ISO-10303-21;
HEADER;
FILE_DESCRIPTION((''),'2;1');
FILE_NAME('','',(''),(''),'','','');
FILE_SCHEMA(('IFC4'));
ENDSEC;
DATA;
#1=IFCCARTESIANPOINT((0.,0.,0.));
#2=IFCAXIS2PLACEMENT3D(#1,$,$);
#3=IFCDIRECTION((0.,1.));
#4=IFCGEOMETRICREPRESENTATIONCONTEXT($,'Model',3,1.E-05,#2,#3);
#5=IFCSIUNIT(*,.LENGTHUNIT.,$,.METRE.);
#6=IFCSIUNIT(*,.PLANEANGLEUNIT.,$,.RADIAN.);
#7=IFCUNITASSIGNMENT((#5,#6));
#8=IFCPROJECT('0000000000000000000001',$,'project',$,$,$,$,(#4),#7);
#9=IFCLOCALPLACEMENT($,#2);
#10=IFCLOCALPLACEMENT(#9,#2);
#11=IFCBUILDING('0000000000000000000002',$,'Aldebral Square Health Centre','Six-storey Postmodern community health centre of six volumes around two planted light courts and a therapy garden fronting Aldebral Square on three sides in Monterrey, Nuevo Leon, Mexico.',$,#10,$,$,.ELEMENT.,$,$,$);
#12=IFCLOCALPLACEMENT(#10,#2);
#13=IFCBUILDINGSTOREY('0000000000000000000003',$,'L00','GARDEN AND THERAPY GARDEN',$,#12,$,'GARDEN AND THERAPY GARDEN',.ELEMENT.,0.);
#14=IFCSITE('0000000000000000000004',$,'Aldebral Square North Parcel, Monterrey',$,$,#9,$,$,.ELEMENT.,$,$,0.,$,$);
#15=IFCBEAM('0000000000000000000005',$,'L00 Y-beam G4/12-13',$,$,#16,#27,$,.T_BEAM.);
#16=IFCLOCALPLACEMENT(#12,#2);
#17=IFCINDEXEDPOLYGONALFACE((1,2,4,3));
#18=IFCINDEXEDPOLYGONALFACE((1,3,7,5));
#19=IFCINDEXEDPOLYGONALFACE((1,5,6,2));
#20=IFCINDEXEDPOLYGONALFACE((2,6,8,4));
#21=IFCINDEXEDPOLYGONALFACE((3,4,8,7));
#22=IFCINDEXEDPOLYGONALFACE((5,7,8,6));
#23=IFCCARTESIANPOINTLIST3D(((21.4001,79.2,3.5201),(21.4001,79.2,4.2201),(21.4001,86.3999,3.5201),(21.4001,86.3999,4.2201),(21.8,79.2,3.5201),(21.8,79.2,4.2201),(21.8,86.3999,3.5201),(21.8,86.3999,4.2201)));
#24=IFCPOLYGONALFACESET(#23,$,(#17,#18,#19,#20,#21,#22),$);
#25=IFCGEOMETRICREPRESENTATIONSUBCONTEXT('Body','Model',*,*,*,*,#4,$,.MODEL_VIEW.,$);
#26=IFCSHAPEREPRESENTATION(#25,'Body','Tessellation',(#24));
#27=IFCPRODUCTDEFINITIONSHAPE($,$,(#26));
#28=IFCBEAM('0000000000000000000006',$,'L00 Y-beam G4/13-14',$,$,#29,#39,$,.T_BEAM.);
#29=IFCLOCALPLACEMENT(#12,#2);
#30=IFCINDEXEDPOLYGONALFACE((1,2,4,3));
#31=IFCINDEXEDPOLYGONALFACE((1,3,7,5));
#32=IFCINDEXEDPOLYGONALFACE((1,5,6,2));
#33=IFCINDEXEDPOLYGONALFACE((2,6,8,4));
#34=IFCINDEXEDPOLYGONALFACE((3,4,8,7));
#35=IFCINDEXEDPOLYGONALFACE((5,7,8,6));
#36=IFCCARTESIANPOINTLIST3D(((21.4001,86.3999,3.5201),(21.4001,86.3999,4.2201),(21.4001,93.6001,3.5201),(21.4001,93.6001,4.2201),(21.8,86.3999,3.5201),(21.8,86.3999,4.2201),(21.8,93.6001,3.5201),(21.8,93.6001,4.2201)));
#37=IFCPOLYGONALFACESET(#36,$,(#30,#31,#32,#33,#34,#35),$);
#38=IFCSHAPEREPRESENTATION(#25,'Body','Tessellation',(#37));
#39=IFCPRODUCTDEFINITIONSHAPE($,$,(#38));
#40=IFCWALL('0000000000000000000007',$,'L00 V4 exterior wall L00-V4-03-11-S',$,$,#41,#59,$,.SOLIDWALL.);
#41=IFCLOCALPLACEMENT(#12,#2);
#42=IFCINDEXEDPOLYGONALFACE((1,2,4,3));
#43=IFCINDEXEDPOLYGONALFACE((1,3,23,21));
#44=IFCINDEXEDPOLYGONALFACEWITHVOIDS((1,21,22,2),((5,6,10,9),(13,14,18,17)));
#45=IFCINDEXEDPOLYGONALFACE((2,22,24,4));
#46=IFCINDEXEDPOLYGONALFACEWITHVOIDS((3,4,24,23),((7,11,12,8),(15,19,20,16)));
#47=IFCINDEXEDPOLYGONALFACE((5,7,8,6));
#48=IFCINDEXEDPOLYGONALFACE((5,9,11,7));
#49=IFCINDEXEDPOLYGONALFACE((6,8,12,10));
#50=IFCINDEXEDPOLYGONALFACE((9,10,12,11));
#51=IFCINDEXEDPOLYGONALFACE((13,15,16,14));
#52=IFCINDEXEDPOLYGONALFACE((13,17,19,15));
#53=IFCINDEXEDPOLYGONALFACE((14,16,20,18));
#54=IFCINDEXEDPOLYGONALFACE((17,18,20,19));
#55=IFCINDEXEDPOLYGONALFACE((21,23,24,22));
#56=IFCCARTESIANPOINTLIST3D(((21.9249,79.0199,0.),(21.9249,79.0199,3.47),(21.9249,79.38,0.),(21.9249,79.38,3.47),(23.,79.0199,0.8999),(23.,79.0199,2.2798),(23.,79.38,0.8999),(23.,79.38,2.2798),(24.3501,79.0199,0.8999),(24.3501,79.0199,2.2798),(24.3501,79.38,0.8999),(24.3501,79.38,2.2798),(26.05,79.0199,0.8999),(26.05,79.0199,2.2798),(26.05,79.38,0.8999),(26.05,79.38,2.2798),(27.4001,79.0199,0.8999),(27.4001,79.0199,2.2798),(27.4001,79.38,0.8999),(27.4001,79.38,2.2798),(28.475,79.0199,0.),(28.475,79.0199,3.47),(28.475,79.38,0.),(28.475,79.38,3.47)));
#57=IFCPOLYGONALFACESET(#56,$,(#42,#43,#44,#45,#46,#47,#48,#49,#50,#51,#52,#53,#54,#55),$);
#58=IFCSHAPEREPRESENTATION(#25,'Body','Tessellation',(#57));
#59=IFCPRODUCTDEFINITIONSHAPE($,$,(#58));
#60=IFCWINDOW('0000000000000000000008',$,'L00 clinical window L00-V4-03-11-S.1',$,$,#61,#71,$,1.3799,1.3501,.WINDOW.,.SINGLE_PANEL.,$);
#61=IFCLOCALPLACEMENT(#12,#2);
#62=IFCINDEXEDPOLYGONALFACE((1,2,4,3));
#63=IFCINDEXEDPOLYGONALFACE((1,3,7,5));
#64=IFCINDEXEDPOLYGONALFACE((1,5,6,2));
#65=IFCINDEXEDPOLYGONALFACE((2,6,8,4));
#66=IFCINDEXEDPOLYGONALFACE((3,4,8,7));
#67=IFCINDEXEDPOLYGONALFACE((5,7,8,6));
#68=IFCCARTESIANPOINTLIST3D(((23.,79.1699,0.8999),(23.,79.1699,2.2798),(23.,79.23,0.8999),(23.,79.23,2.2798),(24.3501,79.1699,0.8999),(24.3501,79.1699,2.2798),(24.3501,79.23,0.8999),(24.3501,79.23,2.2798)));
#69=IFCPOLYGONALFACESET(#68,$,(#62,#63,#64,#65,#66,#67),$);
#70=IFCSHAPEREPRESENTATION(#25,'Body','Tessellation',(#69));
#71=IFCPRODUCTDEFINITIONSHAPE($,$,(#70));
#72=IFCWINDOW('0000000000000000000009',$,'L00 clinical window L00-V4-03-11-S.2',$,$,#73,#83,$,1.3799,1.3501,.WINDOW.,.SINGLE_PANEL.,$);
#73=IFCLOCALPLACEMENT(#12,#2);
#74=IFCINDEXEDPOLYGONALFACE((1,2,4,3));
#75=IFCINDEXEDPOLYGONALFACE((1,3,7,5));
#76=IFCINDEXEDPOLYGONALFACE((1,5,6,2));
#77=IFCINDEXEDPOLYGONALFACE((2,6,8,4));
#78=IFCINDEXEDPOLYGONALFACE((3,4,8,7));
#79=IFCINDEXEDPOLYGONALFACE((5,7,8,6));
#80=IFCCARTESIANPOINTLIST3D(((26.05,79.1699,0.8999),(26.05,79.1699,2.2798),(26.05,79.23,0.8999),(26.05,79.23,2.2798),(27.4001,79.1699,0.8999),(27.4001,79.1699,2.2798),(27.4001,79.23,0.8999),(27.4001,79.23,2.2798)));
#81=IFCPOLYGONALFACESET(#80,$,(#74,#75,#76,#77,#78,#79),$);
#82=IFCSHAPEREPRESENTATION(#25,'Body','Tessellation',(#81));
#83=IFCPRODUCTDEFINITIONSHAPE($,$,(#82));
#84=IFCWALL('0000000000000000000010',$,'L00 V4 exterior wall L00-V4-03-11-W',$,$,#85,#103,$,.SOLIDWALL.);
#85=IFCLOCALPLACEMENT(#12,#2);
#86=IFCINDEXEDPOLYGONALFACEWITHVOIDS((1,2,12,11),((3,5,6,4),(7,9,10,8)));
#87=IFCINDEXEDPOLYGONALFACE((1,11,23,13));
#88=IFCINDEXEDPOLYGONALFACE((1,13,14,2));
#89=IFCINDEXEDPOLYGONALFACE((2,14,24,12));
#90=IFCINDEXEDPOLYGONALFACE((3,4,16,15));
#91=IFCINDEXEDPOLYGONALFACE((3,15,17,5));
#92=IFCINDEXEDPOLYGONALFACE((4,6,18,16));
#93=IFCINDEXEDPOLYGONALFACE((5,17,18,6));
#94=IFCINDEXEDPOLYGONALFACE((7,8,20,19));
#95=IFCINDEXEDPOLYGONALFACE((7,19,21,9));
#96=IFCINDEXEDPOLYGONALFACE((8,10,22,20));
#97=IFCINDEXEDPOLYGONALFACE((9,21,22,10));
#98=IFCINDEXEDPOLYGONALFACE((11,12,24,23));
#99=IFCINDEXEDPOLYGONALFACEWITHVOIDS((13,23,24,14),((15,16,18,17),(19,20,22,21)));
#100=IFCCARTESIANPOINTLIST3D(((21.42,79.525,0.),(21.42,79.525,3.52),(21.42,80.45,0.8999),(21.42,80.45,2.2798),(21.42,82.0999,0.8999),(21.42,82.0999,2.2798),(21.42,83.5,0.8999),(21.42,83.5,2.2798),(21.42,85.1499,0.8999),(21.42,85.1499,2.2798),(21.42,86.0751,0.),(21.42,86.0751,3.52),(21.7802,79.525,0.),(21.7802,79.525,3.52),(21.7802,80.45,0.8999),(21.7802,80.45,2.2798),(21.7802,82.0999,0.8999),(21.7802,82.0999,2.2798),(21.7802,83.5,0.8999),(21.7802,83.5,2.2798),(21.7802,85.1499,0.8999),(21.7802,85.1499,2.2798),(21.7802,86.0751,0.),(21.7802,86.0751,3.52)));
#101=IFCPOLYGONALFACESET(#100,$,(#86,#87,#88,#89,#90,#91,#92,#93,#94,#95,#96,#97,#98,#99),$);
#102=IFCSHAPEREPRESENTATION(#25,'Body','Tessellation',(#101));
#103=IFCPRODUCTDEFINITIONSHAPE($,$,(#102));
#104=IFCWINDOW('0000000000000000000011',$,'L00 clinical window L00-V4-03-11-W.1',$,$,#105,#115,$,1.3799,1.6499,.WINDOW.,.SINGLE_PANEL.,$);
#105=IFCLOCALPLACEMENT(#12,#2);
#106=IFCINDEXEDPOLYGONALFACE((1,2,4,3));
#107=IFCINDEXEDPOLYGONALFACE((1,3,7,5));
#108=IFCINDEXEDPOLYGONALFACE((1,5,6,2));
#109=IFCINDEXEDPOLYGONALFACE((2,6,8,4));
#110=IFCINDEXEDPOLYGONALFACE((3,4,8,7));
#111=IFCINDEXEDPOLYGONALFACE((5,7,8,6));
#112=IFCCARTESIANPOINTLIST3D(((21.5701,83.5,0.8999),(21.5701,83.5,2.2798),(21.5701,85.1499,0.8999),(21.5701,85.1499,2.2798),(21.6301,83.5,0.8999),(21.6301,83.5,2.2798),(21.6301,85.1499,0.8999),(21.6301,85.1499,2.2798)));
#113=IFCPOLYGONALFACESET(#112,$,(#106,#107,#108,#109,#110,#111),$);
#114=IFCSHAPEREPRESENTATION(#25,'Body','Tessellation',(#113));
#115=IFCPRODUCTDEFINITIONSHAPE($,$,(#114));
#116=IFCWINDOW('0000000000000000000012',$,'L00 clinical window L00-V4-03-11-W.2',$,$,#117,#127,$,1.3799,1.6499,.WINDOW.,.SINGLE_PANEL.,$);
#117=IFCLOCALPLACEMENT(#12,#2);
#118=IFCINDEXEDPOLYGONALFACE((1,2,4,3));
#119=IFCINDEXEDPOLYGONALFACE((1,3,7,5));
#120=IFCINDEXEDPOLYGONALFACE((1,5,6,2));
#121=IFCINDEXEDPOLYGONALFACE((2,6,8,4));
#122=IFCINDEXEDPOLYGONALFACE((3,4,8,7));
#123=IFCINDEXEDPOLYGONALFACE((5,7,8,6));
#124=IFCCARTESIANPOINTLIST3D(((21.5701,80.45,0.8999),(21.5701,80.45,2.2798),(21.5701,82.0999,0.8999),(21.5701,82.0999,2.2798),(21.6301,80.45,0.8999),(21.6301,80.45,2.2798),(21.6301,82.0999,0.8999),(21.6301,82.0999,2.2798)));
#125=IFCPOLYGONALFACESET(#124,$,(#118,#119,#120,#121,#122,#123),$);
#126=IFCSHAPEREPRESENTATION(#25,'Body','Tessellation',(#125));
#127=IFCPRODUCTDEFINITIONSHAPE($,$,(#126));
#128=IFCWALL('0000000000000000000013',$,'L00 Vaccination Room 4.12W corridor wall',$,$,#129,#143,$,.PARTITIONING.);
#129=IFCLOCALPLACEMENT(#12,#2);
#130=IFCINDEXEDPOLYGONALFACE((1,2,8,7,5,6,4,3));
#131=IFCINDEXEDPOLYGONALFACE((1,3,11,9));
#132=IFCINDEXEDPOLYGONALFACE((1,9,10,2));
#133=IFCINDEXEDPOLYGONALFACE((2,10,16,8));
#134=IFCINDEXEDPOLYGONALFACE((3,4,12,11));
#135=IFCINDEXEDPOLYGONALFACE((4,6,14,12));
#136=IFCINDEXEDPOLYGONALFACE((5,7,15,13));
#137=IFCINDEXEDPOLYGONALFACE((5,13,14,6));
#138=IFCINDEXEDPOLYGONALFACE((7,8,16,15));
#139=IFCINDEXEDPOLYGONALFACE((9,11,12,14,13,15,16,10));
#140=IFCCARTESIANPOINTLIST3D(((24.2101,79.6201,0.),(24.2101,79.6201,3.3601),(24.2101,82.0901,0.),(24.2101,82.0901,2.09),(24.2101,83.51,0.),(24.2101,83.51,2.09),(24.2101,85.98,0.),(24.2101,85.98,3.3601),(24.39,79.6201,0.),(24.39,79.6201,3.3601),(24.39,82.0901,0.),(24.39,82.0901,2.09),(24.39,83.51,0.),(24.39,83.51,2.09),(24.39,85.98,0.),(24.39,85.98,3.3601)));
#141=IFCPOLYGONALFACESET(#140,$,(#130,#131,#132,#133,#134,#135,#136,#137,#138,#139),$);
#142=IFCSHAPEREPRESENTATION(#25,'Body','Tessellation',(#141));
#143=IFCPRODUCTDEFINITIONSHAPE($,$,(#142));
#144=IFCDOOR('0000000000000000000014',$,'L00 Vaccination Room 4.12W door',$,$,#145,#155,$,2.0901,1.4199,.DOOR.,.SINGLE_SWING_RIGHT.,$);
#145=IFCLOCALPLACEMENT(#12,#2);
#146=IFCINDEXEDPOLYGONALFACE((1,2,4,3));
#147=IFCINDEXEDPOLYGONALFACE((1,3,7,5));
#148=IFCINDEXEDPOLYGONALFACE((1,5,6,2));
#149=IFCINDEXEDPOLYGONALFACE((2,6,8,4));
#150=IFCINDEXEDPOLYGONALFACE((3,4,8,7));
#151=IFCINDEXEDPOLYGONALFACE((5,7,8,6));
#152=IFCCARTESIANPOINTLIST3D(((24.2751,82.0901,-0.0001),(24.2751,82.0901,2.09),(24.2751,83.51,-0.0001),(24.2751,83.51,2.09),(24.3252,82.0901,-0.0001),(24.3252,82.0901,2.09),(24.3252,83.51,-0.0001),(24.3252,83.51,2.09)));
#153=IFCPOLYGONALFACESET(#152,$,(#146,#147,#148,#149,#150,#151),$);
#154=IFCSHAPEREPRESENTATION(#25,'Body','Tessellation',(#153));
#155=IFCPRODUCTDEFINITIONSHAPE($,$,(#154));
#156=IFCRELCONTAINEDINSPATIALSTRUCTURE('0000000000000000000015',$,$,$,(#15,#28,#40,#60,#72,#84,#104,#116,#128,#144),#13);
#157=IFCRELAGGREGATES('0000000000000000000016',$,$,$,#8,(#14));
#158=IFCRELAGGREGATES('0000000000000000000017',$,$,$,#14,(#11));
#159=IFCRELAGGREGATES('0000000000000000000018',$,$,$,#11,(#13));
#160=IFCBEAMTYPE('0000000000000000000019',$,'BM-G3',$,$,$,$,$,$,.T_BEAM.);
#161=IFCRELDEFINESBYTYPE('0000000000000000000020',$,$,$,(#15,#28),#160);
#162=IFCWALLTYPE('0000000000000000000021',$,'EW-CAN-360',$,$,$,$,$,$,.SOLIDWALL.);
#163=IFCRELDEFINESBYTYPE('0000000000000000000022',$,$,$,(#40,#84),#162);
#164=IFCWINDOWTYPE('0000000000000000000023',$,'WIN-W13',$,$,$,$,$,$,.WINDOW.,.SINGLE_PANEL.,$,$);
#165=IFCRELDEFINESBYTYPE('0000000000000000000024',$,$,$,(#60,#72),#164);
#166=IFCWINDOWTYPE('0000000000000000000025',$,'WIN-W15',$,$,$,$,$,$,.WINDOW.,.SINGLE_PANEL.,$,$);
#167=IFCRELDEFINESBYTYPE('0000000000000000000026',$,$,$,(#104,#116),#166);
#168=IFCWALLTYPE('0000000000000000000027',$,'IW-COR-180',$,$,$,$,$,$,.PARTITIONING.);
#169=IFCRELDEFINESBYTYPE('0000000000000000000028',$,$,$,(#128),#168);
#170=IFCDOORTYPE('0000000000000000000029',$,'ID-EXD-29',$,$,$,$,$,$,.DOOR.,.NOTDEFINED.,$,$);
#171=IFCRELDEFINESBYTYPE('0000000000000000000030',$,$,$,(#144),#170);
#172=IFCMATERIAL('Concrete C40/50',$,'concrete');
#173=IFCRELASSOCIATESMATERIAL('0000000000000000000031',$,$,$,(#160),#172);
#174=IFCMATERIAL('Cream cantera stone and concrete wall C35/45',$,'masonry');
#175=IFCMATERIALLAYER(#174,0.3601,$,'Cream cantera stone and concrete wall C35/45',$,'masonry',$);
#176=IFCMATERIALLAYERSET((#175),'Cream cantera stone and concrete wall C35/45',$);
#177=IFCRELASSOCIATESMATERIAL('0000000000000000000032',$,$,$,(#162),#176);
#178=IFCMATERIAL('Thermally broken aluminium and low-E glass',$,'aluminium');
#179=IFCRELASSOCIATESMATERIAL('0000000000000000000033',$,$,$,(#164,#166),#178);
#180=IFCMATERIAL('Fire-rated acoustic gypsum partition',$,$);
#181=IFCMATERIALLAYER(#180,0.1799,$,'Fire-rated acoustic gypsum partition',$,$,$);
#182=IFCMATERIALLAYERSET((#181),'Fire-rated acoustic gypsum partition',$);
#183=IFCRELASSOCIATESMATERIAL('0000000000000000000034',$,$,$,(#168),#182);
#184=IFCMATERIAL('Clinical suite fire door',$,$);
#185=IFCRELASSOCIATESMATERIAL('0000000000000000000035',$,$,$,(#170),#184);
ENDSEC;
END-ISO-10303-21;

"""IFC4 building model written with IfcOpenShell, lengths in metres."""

from ifc_helpers import new_model, si_unit, direction, frame, frame_2d, origin, origin_2d, place, context, subcontext, project, spatial, rectangle, extrude, material, layer, layer_set, material_profile, profile_set, type_object, element, fill, save


model = new_model("IFC4")

# Units and contexts
model_context = context("Model", 3, precision=1e-05, world=origin(), true_north=direction((0.0, 1.0)))
body_context = subcontext(model_context, "Body", "Model", "MODEL_VIEW")
ifc_project = project(units=[si_unit("LENGTHUNIT", "METRE"), si_unit("PLANEANGLEUNIT", "RADIAN")], contexts=[model_context])

# Site, building, storey
site_placement = place(None, origin())
site = spatial("IfcSite", under=ifc_project, at=site_placement, Name="Aldebral Square North Parcel, Monterrey", CompositionType="ELEMENT", RefElevation=0.0)
building_placement = place(site_placement, origin())
building = spatial("IfcBuilding", under=site, at=building_placement, Name="Aldebral Square Health Centre", Description="Six-storey Postmodern community health centre of six volumes around two planted light courts and a therapy garden fronting Aldebral Square on three sides in Monterrey, Nuevo Leon, Mexico.", CompositionType="ELEMENT")
storey_placement = place(building_placement, origin())
storey = spatial("IfcBuildingStorey", under=building, at=storey_placement, Name="L00", Description="GARDEN AND THERAPY GARDEN", LongName="GARDEN AND THERAPY GARDEN", CompositionType="ELEMENT", Elevation=0.0)

# Shared definitions
ifc_material_1 = material(Name="Concrete C40/50", Category="concrete")

# Beams
ifc_material_profile_1 = material_profile(ifc_material_1, rectangle(XDim=0.3999, YDim=0.7, at=origin_2d()), Name="RC 400x700")
ifc_profile_set_1 = profile_set([ifc_material_profile_1], Name="Concrete C40/50")
beam_type_1 = type_object("IfcBeamType", Name="BM-G3", PredefinedType="T_BEAM", material=ifc_profile_set_1)
beam_1_placement = place(storey_placement, frame((21.6001, 79.2, 3.8701), z_axis=(0.0, 1.0, 0.0), x_axis=(-1.0, 0.0, 0.0)))
element("IfcBeam", 1, at=beam_1_placement, inside=storey, type_object=beam_type_1, Name="L00 Y-beam G4/12-13", PredefinedType="T_BEAM", context=body_context, shape_type="SweptSolid", body=[
    extrude(rectangle(XDim=0.3999, YDim=0.7, at=origin_2d()), origin(), (0.0, 0.0, 1.0), 7.2),
])
beam_2_placement = place(storey_placement, frame((21.6001, 86.3999, 3.8701), z_axis=(0.0, 1.0, 0.0), x_axis=(-1.0, 0.0, 0.0)))
element("IfcBeam", 2, at=beam_2_placement, inside=storey, type_object=beam_type_1, Name="L00 Y-beam G4/13-14", PredefinedType="T_BEAM", context=body_context, shape_type="SweptSolid", body=[
    extrude(rectangle(XDim=0.3999, YDim=0.7, at=origin_2d()), origin(), (0.0, 0.0, 1.0), 7.2002),
])

# Walls, openings, windows
ifc_material_2 = material(Name="Cream cantera stone and concrete wall C35/45", Category="masonry")
ifc_layer_1 = layer(ifc_material_2, 0.3601, Name="Cream cantera stone and concrete wall C35/45", Category="masonry")
ifc_layer_set_1 = layer_set([ifc_layer_1], Name="Cream cantera stone and concrete wall C35/45")
wall_type_1 = type_object("IfcWallType", Name="EW-CAN-360", PredefinedType="SOLIDWALL", material=ifc_layer_set_1)
wall_1_placement = place(storey_placement, frame((21.925, 79.2, 0.0), z_axis=(0.0, 0.0, 1.0), x_axis=(1.0, 0.0, 0.0)))
wall_1 = element("IfcWall", 3, at=wall_1_placement, inside=storey, type_object=wall_type_1, Name="L00 V4 exterior wall L00-V4-03-11-S", PredefinedType="SOLIDWALL", context=body_context, shape_type="SweptSolid", body=[
    extrude(rectangle(XDim=6.55, YDim=0.3601, at=frame_2d((3.2749, 0.0))), origin(), (0.0, 0.0, 1.0), 3.47),
])
opening_1_placement = place(wall_1_placement, frame((1.075, 0.0, 0.8999)))
opening_1 = element("IfcOpeningElement", 4, at=opening_1_placement, cuts=wall_1, PredefinedType="OPENING", context=body_context, shape_type="SweptSolid", body=[
    extrude(rectangle(XDim=1.3501, YDim=1.3799, at=frame_2d((0.675, 0.6899))), frame((0.0, 0.1899, 0.0), z_axis=(0.0, -1.0, 0.0), x_axis=(1.0, 0.0, 0.0)), (0.0, 0.0, 1.0), 0.3801),
])
opening_2_placement = place(wall_1_placement, frame((4.125, 0.0, 0.8999)))
opening_2 = element("IfcOpeningElement", 5, at=opening_2_placement, cuts=wall_1, PredefinedType="OPENING", context=body_context, shape_type="SweptSolid", body=[
    extrude(rectangle(XDim=1.3501, YDim=1.3799, at=frame_2d((0.675, 0.6899))), frame((0.0, 0.1899, 0.0), z_axis=(0.0, -1.0, 0.0), x_axis=(1.0, 0.0, 0.0)), (0.0, 0.0, 1.0), 0.3801),
])
ifc_material_3 = material(Name="Thermally broken aluminium and low-E glass", Category="aluminium")
window_type_1 = type_object("IfcWindowType", Name="WIN-W13", PartitioningType="SINGLE_PANEL", PredefinedType="WINDOW", material=ifc_material_3)
window_1_placement = place(opening_1_placement, origin())
window_1 = element("IfcWindow", 6, at=window_1_placement, inside=storey, type_object=window_type_1, Name="L00 clinical window L00-V4-03-11-S.1", OverallHeight=1.3799, OverallWidth=1.3501, PartitioningType="SINGLE_PANEL", PredefinedType="WINDOW", context=body_context, shape_type="SweptSolid", body=[
    extrude(rectangle(XDim=1.3501, YDim=1.3799, at=frame_2d((0.675, 0.6899))), frame((0.0, 0.03, 0.0), z_axis=(0.0, -1.0, 0.0), x_axis=(1.0, 0.0, 0.0)), (0.0, 0.0, 1.0), 0.0601),
])
fill(opening_1, window_1)
window_2_placement = place(opening_2_placement, origin())
window_2 = element("IfcWindow", 7, at=window_2_placement, inside=storey, type_object=window_type_1, Name="L00 clinical window L00-V4-03-11-S.2", OverallHeight=1.3799, OverallWidth=1.3501, PartitioningType="SINGLE_PANEL", PredefinedType="WINDOW", context=body_context, shape_type="SweptSolid", body=[
    extrude(rectangle(XDim=1.3501, YDim=1.3799, at=frame_2d((0.675, 0.6899))), frame((0.0, 0.03, 0.0), z_axis=(0.0, -1.0, 0.0), x_axis=(1.0, 0.0, 0.0)), (0.0, 0.0, 1.0), 0.0601),
])
fill(opening_2, window_2)
wall_2_placement = place(storey_placement, frame((21.6001, 86.075, 0.0), z_axis=(0.0, 0.0, 1.0), x_axis=(0.0, -1.0, 0.0)))
wall_2 = element("IfcWall", 8, at=wall_2_placement, inside=storey, type_object=wall_type_1, Name="L00 V4 exterior wall L00-V4-03-11-W", PredefinedType="SOLIDWALL", context=body_context, shape_type="SweptSolid", body=[
    extrude(rectangle(XDim=6.55, YDim=0.3601, at=frame_2d((3.2749, 0.0))), origin(), (0.0, 0.0, 1.0), 3.52),
])
opening_3_placement = place(wall_2_placement, frame((0.925, 0.0, 0.8999)))
opening_3 = element("IfcOpeningElement", 9, at=opening_3_placement, cuts=wall_2, PredefinedType="OPENING", context=body_context, shape_type="SweptSolid", body=[
    extrude(rectangle(XDim=1.6499, YDim=1.3799, at=frame_2d((0.825, 0.6899))), frame((0.0, 0.1899, 0.0), z_axis=(0.0, -1.0, 0.0), x_axis=(1.0, 0.0, 0.0)), (0.0, 0.0, 1.0), 0.3801),
])
opening_4_placement = place(wall_2_placement, frame((3.9751, 0.0, 0.8999)))
opening_4 = element("IfcOpeningElement", 10, at=opening_4_placement, cuts=wall_2, PredefinedType="OPENING", context=body_context, shape_type="SweptSolid", body=[
    extrude(rectangle(XDim=1.6499, YDim=1.3799, at=frame_2d((0.825, 0.6899))), frame((0.0, 0.1899, 0.0), z_axis=(0.0, -1.0, 0.0), x_axis=(1.0, 0.0, 0.0)), (0.0, 0.0, 1.0), 0.3801),
])
window_type_2 = type_object("IfcWindowType", Name="WIN-W15", PartitioningType="SINGLE_PANEL", PredefinedType="WINDOW", material=ifc_material_3)
window_3_placement = place(opening_3_placement, origin())
window_3 = element("IfcWindow", 11, at=window_3_placement, inside=storey, type_object=window_type_2, Name="L00 clinical window L00-V4-03-11-W.1", OverallHeight=1.3799, OverallWidth=1.6499, PartitioningType="SINGLE_PANEL", PredefinedType="WINDOW", context=body_context, shape_type="SweptSolid", body=[
    extrude(rectangle(XDim=1.6499, YDim=1.3799, at=frame_2d((0.825, 0.6899))), frame((0.0, 0.03, 0.0), z_axis=(0.0, -1.0, 0.0), x_axis=(1.0, 0.0, 0.0)), (0.0, 0.0, 1.0), 0.0601),
])
fill(opening_3, window_3)
window_4_placement = place(opening_4_placement, origin())
window_4 = element("IfcWindow", 12, at=window_4_placement, inside=storey, type_object=window_type_2, Name="L00 clinical window L00-V4-03-11-W.2", OverallHeight=1.3799, OverallWidth=1.6499, PartitioningType="SINGLE_PANEL", PredefinedType="WINDOW", context=body_context, shape_type="SweptSolid", body=[
    extrude(rectangle(XDim=1.6499, YDim=1.3799, at=frame_2d((0.825, 0.6899))), frame((0.0, 0.03, 0.0), z_axis=(0.0, -1.0, 0.0), x_axis=(1.0, 0.0, 0.0)), (0.0, 0.0, 1.0), 0.0601),
])
fill(opening_4, window_4)

# Wall, opening, door
ifc_material_4 = material(Name="Fire-rated acoustic gypsum partition")
ifc_layer_2 = layer(ifc_material_4, 0.1799, Name="Fire-rated acoustic gypsum partition")
ifc_layer_set_2 = layer_set([ifc_layer_2], Name="Fire-rated acoustic gypsum partition")
wall_type_2 = type_object("IfcWallType", Name="IW-COR-180", PredefinedType="PARTITIONING", material=ifc_layer_set_2)
wall_3_placement = place(storey_placement, frame((24.3, 79.6201, 0.0), z_axis=(0.0, 0.0, 1.0), x_axis=(0.0, 1.0, 0.0)))
wall_3 = element("IfcWall", 13, at=wall_3_placement, inside=storey, type_object=wall_type_2, Name="L00 Vaccination Room 4.12W corridor wall", PredefinedType="PARTITIONING", context=body_context, shape_type="SweptSolid", body=[
    extrude(rectangle(XDim=6.3599, YDim=0.1799, at=frame_2d((3.1799, 0.0))), origin(), (0.0, 0.0, 1.0), 3.3601),
])
opening_5_placement = place(wall_3_placement, frame((2.47, 0.0, 0.0)))
opening_5 = element("IfcOpeningElement", 14, at=opening_5_placement, cuts=wall_3, PredefinedType="OPENING", context=body_context, shape_type="SweptSolid", body=[
    extrude(rectangle(XDim=1.4199, YDim=2.0901, at=frame_2d((0.71, 1.0449))), frame((0.0, 0.1001, 0.0), z_axis=(0.0, -1.0, 0.0), x_axis=(1.0, 0.0, 0.0)), (0.0, 0.0, 1.0), 0.2),
])
ifc_material_5 = material(Name="Clinical suite fire door")
door_type = type_object("IfcDoorType", Name="ID-EXD-29", OperationType="NOTDEFINED", PredefinedType="DOOR", material=ifc_material_5)
door_placement = place(opening_5_placement, origin())
door = element("IfcDoor", 15, at=door_placement, inside=storey, type_object=door_type, Name="L00 Vaccination Room 4.12W door", OperationType="SINGLE_SWING_RIGHT", OverallHeight=2.0901, OverallWidth=1.4199, PredefinedType="DOOR", context=body_context, shape_type="SweptSolid", body=[
    extrude(rectangle(XDim=1.4199, YDim=2.0901, at=frame_2d((0.71, 1.0449))), frame((0.0, 0.0249, 0.0), z_axis=(0.0, -1.0, 0.0), x_axis=(1.0, 0.0, 0.0)), (0.0, 0.0, 1.0), 0.05),
])
fill(opening_5, door)

save(model, "model.ifc")
